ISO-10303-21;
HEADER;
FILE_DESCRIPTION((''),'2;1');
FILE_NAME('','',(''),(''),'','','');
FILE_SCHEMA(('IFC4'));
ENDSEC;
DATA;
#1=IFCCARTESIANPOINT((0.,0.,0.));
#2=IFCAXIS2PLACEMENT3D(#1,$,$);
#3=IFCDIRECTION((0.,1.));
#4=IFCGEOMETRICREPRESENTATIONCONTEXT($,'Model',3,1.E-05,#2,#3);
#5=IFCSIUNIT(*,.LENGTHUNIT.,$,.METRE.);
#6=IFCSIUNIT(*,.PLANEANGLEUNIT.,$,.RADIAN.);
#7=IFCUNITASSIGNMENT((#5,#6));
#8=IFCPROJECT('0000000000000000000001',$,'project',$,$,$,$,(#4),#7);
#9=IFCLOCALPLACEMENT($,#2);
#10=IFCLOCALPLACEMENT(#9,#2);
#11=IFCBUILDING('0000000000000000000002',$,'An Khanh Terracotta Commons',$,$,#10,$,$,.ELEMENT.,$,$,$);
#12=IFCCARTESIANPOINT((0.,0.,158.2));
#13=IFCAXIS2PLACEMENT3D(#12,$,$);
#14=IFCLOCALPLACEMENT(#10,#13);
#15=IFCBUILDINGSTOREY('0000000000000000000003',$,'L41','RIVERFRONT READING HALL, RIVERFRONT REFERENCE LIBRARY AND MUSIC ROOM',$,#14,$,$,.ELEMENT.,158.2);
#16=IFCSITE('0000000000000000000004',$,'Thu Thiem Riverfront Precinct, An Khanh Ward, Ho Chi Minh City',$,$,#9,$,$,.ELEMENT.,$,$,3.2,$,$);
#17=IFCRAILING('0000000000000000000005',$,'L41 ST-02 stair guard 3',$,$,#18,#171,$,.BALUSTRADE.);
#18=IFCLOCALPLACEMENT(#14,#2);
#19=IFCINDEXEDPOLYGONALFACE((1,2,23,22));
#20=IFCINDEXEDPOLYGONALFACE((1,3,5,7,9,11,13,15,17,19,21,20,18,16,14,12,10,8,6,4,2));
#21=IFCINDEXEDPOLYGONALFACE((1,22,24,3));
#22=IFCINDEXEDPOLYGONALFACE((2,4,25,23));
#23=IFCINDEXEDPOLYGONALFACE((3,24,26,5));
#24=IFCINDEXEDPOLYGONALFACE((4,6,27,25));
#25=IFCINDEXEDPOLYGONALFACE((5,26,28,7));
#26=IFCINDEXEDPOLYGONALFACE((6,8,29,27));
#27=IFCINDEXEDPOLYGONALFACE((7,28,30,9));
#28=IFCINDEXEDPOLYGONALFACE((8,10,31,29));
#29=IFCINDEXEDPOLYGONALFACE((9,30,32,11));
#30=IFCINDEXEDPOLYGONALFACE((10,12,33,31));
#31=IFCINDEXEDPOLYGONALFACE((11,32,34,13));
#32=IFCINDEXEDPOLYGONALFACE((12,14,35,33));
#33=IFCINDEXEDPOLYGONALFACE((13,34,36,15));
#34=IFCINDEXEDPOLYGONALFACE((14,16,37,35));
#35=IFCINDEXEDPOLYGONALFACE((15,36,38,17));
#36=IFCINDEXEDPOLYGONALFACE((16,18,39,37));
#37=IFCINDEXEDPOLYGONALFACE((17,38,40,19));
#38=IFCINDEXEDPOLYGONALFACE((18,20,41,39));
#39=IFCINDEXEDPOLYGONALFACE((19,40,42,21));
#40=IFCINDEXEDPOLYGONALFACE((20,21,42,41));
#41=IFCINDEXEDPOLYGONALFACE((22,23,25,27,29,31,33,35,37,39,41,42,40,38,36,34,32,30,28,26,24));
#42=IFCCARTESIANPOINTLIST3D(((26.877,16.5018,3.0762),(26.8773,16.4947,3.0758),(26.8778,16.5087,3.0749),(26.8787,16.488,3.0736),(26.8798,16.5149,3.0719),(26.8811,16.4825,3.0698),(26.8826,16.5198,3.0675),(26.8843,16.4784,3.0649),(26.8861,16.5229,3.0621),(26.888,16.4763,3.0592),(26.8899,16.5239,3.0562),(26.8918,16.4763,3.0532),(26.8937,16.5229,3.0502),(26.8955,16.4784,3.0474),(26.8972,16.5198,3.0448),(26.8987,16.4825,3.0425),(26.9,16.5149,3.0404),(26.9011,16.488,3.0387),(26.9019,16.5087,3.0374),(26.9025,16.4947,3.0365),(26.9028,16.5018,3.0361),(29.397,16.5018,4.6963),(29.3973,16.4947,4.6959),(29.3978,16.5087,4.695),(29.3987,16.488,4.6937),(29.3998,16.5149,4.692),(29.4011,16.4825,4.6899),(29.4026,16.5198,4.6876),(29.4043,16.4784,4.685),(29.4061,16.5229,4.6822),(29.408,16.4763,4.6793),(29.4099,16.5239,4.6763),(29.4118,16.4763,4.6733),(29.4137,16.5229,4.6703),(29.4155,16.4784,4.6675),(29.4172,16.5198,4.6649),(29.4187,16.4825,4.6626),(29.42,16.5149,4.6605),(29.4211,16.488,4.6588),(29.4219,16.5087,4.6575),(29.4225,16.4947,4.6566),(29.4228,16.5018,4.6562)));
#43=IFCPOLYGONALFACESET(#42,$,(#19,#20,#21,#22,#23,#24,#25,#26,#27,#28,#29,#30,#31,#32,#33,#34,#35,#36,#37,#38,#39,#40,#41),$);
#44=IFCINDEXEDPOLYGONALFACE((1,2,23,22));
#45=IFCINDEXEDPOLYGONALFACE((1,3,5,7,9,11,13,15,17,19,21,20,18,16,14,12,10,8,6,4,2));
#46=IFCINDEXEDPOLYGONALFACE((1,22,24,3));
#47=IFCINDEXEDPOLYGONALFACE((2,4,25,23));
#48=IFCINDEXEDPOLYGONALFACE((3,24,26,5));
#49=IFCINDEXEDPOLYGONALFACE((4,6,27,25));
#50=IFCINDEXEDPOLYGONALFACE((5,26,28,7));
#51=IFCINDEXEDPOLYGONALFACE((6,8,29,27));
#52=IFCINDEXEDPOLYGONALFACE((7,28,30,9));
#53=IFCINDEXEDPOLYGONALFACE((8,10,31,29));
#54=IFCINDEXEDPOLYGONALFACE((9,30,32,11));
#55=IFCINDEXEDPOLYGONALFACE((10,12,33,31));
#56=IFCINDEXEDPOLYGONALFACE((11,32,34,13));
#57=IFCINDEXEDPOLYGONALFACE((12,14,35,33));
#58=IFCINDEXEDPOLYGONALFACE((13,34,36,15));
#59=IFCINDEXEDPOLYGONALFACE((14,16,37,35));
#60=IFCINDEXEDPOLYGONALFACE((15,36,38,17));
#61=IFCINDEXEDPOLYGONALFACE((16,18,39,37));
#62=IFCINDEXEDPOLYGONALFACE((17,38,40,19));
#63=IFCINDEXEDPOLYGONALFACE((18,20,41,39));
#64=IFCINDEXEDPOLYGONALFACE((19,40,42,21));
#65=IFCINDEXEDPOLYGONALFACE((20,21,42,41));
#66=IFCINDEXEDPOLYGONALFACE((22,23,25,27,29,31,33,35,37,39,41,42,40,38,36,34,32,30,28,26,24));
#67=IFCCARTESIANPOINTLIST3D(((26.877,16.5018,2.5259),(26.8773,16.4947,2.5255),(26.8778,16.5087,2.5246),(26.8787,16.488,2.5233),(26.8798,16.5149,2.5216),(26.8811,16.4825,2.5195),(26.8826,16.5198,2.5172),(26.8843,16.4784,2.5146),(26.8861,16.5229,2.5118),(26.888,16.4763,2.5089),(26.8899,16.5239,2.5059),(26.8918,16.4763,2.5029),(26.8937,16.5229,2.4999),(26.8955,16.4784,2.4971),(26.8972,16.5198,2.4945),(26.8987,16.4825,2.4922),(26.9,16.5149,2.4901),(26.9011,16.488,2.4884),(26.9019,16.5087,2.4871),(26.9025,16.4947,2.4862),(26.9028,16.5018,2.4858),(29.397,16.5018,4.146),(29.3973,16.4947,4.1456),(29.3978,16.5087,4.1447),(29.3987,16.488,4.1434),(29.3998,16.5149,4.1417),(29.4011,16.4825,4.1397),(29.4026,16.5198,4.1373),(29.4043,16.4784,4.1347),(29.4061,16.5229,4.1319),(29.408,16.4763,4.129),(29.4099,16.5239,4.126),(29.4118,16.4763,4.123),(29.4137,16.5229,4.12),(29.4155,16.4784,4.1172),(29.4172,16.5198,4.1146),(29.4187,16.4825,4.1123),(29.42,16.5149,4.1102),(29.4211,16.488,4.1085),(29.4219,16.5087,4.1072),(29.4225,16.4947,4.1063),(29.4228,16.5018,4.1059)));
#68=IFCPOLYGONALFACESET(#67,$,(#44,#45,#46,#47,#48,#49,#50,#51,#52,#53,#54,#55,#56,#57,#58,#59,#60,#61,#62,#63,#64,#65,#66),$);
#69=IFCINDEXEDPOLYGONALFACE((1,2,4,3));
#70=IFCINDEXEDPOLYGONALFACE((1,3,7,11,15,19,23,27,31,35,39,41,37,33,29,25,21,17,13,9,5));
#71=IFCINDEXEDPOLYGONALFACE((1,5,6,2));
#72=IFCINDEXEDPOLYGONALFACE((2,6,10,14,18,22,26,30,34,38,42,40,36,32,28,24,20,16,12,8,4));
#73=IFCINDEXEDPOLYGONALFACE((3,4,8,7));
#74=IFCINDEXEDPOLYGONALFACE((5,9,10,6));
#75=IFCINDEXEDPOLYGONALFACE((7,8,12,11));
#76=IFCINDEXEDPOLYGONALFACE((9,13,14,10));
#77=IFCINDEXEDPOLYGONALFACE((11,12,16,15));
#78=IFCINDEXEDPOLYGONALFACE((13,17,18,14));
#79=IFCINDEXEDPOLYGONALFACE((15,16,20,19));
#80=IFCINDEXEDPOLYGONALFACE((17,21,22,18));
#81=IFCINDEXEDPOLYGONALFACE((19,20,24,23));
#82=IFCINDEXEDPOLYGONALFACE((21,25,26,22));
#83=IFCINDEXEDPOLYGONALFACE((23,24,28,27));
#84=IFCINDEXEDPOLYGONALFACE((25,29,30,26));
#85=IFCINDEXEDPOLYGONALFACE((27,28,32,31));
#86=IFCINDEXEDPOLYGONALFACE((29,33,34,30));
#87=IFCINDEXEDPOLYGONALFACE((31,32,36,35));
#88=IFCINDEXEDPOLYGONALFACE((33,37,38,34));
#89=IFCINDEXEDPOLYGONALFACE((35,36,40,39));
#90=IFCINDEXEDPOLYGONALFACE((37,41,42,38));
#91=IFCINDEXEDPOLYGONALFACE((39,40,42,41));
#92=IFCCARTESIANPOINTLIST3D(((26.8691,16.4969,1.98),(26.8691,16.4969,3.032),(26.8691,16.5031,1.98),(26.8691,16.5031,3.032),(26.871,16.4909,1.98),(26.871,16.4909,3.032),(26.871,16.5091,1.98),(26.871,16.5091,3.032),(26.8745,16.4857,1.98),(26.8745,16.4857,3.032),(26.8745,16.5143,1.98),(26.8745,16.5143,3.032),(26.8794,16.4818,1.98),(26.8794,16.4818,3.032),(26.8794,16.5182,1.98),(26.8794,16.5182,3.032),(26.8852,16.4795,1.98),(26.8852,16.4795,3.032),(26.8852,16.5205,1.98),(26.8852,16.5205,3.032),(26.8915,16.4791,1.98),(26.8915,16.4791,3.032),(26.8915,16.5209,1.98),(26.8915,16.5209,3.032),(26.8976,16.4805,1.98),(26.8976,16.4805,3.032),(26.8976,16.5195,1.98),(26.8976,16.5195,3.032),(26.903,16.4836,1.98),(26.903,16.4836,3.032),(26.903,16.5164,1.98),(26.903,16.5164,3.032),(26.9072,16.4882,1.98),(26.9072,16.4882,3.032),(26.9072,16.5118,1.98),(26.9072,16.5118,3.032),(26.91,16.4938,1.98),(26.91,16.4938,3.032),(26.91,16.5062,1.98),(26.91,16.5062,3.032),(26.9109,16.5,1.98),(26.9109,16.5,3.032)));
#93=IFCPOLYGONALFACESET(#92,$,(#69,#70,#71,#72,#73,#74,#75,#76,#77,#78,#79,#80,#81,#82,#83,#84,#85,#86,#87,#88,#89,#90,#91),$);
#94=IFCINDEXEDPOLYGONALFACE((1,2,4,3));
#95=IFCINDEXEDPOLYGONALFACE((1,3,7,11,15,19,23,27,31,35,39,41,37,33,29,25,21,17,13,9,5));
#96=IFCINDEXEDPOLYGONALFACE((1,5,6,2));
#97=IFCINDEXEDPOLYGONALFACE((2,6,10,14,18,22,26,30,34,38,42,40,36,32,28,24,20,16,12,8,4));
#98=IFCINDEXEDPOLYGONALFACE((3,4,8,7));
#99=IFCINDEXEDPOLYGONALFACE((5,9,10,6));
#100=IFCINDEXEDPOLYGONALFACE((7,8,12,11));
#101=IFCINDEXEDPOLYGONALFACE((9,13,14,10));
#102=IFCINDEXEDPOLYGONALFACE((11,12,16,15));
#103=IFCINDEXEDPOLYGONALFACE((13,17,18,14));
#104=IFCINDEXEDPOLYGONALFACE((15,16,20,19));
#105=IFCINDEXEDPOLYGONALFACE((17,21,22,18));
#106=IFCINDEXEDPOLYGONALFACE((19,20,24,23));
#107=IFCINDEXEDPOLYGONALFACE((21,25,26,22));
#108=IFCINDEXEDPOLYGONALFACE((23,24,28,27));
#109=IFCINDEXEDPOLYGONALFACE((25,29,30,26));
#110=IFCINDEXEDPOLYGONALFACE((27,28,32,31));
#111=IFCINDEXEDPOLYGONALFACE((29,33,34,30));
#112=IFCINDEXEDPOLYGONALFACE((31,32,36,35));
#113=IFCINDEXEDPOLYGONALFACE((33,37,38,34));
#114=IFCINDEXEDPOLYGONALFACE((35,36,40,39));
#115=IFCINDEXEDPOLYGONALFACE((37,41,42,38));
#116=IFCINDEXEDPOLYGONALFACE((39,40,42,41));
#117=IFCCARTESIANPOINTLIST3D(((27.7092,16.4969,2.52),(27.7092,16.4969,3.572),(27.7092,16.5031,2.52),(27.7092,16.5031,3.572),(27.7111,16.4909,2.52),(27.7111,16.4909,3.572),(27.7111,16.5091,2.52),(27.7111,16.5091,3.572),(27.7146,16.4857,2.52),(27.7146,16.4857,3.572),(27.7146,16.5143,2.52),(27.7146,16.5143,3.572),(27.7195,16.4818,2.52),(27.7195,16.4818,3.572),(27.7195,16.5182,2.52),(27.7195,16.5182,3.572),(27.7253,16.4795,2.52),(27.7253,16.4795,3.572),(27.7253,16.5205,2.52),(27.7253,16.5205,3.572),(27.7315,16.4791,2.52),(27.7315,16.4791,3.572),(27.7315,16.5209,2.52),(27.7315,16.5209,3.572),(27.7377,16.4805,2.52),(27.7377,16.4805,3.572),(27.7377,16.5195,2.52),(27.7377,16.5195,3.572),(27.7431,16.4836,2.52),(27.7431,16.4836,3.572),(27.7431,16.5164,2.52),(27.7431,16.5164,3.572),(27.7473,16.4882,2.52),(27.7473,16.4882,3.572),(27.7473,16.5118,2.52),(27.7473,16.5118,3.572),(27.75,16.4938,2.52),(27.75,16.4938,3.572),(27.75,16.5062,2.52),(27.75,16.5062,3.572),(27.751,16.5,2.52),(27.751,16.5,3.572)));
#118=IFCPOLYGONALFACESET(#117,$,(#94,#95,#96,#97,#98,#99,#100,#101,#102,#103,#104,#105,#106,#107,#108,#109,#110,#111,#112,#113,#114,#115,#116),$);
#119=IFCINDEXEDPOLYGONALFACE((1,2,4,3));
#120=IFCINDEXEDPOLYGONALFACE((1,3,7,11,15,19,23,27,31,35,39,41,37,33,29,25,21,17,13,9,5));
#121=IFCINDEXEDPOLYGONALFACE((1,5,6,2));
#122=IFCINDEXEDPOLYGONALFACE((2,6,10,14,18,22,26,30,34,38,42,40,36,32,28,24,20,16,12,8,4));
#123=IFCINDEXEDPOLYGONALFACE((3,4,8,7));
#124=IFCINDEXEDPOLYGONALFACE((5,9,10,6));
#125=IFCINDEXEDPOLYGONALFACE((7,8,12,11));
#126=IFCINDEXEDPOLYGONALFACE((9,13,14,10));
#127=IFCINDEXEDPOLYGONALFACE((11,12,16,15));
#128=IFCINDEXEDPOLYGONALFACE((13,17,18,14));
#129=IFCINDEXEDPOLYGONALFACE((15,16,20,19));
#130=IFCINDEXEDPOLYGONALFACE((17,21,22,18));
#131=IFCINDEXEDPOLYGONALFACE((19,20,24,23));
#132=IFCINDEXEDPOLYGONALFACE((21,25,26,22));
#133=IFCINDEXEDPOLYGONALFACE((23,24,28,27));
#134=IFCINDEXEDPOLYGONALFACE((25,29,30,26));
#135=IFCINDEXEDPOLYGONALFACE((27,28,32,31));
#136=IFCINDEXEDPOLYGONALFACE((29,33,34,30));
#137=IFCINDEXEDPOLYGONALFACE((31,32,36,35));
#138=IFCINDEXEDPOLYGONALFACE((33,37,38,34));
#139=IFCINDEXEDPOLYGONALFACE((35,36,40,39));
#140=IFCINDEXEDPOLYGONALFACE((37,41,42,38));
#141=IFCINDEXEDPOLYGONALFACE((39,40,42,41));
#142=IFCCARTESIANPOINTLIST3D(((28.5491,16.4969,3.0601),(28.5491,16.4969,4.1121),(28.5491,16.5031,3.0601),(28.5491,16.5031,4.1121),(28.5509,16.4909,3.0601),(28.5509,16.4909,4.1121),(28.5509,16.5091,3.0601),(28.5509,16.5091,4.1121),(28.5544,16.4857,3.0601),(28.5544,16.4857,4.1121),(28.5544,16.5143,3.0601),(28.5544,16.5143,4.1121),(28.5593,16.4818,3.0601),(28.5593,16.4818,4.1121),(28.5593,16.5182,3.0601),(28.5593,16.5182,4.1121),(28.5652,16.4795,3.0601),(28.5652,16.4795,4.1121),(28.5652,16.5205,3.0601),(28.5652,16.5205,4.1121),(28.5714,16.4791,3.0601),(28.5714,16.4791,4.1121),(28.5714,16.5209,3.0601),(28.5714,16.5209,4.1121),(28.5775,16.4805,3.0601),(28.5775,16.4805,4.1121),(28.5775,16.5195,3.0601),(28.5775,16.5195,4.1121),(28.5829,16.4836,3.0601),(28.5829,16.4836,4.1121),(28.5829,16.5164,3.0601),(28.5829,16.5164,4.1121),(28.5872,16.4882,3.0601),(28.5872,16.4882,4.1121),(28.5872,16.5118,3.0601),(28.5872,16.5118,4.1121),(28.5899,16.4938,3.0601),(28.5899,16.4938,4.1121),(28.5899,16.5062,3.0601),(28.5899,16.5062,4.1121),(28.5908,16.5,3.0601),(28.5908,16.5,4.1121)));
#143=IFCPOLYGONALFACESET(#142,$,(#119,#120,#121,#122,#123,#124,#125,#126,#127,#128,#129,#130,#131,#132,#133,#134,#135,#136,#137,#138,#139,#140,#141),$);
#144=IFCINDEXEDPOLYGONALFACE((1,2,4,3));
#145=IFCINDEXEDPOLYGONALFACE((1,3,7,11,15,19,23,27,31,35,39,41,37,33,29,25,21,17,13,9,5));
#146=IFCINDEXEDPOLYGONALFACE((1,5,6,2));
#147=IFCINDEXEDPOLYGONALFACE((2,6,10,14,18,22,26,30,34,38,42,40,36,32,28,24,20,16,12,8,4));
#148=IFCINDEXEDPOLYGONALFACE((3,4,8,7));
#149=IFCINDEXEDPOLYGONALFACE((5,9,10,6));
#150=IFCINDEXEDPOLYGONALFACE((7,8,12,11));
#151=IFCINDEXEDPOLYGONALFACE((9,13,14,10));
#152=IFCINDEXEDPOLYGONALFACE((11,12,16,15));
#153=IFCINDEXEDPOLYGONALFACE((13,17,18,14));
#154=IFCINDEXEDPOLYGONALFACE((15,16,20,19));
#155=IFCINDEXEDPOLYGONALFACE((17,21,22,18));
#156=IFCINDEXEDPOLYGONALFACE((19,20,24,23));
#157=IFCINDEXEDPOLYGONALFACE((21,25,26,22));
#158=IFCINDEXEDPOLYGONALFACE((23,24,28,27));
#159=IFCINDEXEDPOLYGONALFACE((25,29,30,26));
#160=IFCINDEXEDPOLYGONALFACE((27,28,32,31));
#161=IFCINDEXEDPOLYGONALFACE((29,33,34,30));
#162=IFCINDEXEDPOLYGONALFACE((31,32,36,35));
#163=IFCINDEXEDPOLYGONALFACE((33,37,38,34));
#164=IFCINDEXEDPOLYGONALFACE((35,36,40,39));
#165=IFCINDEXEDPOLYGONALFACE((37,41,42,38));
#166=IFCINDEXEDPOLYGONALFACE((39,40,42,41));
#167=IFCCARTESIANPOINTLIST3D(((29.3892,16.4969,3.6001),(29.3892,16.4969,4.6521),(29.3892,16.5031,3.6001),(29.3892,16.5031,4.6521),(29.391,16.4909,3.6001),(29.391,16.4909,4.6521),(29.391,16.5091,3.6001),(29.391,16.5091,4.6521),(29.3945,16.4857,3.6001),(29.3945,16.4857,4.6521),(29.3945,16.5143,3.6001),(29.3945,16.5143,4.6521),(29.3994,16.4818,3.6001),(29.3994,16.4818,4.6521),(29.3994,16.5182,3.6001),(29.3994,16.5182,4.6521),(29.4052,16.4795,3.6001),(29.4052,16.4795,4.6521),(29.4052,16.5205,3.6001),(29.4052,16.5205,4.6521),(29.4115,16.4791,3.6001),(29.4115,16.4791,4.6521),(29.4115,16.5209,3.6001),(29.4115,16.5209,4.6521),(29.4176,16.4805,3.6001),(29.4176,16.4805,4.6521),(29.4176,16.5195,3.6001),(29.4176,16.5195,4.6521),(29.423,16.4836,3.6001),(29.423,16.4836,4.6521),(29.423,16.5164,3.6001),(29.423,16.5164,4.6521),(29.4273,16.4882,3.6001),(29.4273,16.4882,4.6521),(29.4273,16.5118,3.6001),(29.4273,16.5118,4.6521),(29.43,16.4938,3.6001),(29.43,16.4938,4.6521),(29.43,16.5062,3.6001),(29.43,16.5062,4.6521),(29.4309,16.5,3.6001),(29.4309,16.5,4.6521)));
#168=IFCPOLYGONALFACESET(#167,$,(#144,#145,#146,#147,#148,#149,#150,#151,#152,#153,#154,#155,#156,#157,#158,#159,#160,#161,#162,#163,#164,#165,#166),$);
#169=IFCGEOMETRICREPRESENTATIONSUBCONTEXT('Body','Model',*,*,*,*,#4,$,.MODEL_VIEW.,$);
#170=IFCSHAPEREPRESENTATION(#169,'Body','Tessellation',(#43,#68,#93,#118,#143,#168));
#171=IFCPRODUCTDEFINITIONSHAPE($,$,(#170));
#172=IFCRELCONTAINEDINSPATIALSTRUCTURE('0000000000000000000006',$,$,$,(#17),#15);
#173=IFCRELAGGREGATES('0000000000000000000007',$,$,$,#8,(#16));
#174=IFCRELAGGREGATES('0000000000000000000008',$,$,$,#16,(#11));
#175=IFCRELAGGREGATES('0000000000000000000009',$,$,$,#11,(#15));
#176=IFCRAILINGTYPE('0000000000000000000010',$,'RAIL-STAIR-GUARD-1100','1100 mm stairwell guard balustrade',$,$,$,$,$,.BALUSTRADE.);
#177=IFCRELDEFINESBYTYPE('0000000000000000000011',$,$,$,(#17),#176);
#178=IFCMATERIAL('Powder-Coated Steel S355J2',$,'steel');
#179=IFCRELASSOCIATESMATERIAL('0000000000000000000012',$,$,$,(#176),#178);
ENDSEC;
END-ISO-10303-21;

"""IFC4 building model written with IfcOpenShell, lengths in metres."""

from ifc_helpers import new_model, si_unit, direction, frame, origin, origin_2d, place, context, subcontext, project, spatial, circle, extrude, material, type_object, element, save


model = new_model("IFC4")

# Units and contexts
model_context = context("Model", 3, precision=1e-05, world=origin(), true_north=direction((0.0, 1.0)))
body_context = subcontext(model_context, "Body", "Model", "MODEL_VIEW")
ifc_project = project(units=[si_unit("LENGTHUNIT", "METRE"), si_unit("PLANEANGLEUNIT", "RADIAN")], contexts=[model_context])

# Site, building, storey
site_placement = place(None, origin())
site = spatial("IfcSite", under=ifc_project, at=site_placement, Name="Thu Thiem Riverfront Precinct, An Khanh Ward, Ho Chi Minh City", CompositionType="ELEMENT", RefElevation=3.2)
building_placement = place(site_placement, origin())
building = spatial("IfcBuilding", under=site, at=building_placement, Name="An Khanh Terracotta Commons", CompositionType="ELEMENT")
storey_placement = place(building_placement, frame((0.0, 0.0, 158.2)))
storey = spatial("IfcBuildingStorey", under=building, at=storey_placement, Name="L41", Description="RIVERFRONT READING HALL, RIVERFRONT REFERENCE LIBRARY AND MUSIC ROOM", CompositionType="ELEMENT", Elevation=158.2)

# Railing
ifc_material_1 = material(Name="Powder-Coated Steel S355J2", Category="steel")
railing_type_1 = type_object("IfcRailingType", Name="RAIL-STAIR-GUARD-1100", Description="1100 mm stairwell guard balustrade", PredefinedType="BALUSTRADE", material=ifc_material_1)
railing_1_placement = place(storey_placement, frame((26.8899, 16.5, 1.98)))
element("IfcRailing", 1, at=railing_1_placement, inside=storey, type_object=railing_type_1, Name="L41 ST-02 stair guard 3", PredefinedType="BALUSTRADE", context=body_context, shape_type="SweptSolid", body=[
    extrude(circle(Radius=0.0239, at=origin_2d()), frame((0.0, 0.0, 1.0762), z_axis=(0.841163, 0.0, 0.540782), x_axis=(0.0, 1.0, 0.0)), (0.0, 0.0, 1.0), 2.9958),
    extrude(circle(Radius=0.0239, at=origin_2d()), frame((0.0, 0.0, 0.5259), z_axis=(0.841163, 0.0, 0.540782), x_axis=(0.0, 1.0, 0.0)), (0.0, 0.0, 1.0), 2.9958),
    extrude(circle(Radius=0.021, at=origin_2d()), origin(), (0.0, 0.0, 1.0), 1.052),
    extrude(circle(Radius=0.021, at=origin_2d()), frame((0.8401, 0.0, 0.54)), (0.0, 0.0, 1.0), 1.052),
    extrude(circle(Radius=0.021, at=origin_2d()), frame((1.6799, 0.0, 1.0801)), (0.0, 0.0, 1.0), 1.052),
    extrude(circle(Radius=0.021, at=origin_2d()), frame((2.52, 0.0, 1.6201)), (0.0, 0.0, 1.0), 1.052),
])

save(model, "model.ifc")
